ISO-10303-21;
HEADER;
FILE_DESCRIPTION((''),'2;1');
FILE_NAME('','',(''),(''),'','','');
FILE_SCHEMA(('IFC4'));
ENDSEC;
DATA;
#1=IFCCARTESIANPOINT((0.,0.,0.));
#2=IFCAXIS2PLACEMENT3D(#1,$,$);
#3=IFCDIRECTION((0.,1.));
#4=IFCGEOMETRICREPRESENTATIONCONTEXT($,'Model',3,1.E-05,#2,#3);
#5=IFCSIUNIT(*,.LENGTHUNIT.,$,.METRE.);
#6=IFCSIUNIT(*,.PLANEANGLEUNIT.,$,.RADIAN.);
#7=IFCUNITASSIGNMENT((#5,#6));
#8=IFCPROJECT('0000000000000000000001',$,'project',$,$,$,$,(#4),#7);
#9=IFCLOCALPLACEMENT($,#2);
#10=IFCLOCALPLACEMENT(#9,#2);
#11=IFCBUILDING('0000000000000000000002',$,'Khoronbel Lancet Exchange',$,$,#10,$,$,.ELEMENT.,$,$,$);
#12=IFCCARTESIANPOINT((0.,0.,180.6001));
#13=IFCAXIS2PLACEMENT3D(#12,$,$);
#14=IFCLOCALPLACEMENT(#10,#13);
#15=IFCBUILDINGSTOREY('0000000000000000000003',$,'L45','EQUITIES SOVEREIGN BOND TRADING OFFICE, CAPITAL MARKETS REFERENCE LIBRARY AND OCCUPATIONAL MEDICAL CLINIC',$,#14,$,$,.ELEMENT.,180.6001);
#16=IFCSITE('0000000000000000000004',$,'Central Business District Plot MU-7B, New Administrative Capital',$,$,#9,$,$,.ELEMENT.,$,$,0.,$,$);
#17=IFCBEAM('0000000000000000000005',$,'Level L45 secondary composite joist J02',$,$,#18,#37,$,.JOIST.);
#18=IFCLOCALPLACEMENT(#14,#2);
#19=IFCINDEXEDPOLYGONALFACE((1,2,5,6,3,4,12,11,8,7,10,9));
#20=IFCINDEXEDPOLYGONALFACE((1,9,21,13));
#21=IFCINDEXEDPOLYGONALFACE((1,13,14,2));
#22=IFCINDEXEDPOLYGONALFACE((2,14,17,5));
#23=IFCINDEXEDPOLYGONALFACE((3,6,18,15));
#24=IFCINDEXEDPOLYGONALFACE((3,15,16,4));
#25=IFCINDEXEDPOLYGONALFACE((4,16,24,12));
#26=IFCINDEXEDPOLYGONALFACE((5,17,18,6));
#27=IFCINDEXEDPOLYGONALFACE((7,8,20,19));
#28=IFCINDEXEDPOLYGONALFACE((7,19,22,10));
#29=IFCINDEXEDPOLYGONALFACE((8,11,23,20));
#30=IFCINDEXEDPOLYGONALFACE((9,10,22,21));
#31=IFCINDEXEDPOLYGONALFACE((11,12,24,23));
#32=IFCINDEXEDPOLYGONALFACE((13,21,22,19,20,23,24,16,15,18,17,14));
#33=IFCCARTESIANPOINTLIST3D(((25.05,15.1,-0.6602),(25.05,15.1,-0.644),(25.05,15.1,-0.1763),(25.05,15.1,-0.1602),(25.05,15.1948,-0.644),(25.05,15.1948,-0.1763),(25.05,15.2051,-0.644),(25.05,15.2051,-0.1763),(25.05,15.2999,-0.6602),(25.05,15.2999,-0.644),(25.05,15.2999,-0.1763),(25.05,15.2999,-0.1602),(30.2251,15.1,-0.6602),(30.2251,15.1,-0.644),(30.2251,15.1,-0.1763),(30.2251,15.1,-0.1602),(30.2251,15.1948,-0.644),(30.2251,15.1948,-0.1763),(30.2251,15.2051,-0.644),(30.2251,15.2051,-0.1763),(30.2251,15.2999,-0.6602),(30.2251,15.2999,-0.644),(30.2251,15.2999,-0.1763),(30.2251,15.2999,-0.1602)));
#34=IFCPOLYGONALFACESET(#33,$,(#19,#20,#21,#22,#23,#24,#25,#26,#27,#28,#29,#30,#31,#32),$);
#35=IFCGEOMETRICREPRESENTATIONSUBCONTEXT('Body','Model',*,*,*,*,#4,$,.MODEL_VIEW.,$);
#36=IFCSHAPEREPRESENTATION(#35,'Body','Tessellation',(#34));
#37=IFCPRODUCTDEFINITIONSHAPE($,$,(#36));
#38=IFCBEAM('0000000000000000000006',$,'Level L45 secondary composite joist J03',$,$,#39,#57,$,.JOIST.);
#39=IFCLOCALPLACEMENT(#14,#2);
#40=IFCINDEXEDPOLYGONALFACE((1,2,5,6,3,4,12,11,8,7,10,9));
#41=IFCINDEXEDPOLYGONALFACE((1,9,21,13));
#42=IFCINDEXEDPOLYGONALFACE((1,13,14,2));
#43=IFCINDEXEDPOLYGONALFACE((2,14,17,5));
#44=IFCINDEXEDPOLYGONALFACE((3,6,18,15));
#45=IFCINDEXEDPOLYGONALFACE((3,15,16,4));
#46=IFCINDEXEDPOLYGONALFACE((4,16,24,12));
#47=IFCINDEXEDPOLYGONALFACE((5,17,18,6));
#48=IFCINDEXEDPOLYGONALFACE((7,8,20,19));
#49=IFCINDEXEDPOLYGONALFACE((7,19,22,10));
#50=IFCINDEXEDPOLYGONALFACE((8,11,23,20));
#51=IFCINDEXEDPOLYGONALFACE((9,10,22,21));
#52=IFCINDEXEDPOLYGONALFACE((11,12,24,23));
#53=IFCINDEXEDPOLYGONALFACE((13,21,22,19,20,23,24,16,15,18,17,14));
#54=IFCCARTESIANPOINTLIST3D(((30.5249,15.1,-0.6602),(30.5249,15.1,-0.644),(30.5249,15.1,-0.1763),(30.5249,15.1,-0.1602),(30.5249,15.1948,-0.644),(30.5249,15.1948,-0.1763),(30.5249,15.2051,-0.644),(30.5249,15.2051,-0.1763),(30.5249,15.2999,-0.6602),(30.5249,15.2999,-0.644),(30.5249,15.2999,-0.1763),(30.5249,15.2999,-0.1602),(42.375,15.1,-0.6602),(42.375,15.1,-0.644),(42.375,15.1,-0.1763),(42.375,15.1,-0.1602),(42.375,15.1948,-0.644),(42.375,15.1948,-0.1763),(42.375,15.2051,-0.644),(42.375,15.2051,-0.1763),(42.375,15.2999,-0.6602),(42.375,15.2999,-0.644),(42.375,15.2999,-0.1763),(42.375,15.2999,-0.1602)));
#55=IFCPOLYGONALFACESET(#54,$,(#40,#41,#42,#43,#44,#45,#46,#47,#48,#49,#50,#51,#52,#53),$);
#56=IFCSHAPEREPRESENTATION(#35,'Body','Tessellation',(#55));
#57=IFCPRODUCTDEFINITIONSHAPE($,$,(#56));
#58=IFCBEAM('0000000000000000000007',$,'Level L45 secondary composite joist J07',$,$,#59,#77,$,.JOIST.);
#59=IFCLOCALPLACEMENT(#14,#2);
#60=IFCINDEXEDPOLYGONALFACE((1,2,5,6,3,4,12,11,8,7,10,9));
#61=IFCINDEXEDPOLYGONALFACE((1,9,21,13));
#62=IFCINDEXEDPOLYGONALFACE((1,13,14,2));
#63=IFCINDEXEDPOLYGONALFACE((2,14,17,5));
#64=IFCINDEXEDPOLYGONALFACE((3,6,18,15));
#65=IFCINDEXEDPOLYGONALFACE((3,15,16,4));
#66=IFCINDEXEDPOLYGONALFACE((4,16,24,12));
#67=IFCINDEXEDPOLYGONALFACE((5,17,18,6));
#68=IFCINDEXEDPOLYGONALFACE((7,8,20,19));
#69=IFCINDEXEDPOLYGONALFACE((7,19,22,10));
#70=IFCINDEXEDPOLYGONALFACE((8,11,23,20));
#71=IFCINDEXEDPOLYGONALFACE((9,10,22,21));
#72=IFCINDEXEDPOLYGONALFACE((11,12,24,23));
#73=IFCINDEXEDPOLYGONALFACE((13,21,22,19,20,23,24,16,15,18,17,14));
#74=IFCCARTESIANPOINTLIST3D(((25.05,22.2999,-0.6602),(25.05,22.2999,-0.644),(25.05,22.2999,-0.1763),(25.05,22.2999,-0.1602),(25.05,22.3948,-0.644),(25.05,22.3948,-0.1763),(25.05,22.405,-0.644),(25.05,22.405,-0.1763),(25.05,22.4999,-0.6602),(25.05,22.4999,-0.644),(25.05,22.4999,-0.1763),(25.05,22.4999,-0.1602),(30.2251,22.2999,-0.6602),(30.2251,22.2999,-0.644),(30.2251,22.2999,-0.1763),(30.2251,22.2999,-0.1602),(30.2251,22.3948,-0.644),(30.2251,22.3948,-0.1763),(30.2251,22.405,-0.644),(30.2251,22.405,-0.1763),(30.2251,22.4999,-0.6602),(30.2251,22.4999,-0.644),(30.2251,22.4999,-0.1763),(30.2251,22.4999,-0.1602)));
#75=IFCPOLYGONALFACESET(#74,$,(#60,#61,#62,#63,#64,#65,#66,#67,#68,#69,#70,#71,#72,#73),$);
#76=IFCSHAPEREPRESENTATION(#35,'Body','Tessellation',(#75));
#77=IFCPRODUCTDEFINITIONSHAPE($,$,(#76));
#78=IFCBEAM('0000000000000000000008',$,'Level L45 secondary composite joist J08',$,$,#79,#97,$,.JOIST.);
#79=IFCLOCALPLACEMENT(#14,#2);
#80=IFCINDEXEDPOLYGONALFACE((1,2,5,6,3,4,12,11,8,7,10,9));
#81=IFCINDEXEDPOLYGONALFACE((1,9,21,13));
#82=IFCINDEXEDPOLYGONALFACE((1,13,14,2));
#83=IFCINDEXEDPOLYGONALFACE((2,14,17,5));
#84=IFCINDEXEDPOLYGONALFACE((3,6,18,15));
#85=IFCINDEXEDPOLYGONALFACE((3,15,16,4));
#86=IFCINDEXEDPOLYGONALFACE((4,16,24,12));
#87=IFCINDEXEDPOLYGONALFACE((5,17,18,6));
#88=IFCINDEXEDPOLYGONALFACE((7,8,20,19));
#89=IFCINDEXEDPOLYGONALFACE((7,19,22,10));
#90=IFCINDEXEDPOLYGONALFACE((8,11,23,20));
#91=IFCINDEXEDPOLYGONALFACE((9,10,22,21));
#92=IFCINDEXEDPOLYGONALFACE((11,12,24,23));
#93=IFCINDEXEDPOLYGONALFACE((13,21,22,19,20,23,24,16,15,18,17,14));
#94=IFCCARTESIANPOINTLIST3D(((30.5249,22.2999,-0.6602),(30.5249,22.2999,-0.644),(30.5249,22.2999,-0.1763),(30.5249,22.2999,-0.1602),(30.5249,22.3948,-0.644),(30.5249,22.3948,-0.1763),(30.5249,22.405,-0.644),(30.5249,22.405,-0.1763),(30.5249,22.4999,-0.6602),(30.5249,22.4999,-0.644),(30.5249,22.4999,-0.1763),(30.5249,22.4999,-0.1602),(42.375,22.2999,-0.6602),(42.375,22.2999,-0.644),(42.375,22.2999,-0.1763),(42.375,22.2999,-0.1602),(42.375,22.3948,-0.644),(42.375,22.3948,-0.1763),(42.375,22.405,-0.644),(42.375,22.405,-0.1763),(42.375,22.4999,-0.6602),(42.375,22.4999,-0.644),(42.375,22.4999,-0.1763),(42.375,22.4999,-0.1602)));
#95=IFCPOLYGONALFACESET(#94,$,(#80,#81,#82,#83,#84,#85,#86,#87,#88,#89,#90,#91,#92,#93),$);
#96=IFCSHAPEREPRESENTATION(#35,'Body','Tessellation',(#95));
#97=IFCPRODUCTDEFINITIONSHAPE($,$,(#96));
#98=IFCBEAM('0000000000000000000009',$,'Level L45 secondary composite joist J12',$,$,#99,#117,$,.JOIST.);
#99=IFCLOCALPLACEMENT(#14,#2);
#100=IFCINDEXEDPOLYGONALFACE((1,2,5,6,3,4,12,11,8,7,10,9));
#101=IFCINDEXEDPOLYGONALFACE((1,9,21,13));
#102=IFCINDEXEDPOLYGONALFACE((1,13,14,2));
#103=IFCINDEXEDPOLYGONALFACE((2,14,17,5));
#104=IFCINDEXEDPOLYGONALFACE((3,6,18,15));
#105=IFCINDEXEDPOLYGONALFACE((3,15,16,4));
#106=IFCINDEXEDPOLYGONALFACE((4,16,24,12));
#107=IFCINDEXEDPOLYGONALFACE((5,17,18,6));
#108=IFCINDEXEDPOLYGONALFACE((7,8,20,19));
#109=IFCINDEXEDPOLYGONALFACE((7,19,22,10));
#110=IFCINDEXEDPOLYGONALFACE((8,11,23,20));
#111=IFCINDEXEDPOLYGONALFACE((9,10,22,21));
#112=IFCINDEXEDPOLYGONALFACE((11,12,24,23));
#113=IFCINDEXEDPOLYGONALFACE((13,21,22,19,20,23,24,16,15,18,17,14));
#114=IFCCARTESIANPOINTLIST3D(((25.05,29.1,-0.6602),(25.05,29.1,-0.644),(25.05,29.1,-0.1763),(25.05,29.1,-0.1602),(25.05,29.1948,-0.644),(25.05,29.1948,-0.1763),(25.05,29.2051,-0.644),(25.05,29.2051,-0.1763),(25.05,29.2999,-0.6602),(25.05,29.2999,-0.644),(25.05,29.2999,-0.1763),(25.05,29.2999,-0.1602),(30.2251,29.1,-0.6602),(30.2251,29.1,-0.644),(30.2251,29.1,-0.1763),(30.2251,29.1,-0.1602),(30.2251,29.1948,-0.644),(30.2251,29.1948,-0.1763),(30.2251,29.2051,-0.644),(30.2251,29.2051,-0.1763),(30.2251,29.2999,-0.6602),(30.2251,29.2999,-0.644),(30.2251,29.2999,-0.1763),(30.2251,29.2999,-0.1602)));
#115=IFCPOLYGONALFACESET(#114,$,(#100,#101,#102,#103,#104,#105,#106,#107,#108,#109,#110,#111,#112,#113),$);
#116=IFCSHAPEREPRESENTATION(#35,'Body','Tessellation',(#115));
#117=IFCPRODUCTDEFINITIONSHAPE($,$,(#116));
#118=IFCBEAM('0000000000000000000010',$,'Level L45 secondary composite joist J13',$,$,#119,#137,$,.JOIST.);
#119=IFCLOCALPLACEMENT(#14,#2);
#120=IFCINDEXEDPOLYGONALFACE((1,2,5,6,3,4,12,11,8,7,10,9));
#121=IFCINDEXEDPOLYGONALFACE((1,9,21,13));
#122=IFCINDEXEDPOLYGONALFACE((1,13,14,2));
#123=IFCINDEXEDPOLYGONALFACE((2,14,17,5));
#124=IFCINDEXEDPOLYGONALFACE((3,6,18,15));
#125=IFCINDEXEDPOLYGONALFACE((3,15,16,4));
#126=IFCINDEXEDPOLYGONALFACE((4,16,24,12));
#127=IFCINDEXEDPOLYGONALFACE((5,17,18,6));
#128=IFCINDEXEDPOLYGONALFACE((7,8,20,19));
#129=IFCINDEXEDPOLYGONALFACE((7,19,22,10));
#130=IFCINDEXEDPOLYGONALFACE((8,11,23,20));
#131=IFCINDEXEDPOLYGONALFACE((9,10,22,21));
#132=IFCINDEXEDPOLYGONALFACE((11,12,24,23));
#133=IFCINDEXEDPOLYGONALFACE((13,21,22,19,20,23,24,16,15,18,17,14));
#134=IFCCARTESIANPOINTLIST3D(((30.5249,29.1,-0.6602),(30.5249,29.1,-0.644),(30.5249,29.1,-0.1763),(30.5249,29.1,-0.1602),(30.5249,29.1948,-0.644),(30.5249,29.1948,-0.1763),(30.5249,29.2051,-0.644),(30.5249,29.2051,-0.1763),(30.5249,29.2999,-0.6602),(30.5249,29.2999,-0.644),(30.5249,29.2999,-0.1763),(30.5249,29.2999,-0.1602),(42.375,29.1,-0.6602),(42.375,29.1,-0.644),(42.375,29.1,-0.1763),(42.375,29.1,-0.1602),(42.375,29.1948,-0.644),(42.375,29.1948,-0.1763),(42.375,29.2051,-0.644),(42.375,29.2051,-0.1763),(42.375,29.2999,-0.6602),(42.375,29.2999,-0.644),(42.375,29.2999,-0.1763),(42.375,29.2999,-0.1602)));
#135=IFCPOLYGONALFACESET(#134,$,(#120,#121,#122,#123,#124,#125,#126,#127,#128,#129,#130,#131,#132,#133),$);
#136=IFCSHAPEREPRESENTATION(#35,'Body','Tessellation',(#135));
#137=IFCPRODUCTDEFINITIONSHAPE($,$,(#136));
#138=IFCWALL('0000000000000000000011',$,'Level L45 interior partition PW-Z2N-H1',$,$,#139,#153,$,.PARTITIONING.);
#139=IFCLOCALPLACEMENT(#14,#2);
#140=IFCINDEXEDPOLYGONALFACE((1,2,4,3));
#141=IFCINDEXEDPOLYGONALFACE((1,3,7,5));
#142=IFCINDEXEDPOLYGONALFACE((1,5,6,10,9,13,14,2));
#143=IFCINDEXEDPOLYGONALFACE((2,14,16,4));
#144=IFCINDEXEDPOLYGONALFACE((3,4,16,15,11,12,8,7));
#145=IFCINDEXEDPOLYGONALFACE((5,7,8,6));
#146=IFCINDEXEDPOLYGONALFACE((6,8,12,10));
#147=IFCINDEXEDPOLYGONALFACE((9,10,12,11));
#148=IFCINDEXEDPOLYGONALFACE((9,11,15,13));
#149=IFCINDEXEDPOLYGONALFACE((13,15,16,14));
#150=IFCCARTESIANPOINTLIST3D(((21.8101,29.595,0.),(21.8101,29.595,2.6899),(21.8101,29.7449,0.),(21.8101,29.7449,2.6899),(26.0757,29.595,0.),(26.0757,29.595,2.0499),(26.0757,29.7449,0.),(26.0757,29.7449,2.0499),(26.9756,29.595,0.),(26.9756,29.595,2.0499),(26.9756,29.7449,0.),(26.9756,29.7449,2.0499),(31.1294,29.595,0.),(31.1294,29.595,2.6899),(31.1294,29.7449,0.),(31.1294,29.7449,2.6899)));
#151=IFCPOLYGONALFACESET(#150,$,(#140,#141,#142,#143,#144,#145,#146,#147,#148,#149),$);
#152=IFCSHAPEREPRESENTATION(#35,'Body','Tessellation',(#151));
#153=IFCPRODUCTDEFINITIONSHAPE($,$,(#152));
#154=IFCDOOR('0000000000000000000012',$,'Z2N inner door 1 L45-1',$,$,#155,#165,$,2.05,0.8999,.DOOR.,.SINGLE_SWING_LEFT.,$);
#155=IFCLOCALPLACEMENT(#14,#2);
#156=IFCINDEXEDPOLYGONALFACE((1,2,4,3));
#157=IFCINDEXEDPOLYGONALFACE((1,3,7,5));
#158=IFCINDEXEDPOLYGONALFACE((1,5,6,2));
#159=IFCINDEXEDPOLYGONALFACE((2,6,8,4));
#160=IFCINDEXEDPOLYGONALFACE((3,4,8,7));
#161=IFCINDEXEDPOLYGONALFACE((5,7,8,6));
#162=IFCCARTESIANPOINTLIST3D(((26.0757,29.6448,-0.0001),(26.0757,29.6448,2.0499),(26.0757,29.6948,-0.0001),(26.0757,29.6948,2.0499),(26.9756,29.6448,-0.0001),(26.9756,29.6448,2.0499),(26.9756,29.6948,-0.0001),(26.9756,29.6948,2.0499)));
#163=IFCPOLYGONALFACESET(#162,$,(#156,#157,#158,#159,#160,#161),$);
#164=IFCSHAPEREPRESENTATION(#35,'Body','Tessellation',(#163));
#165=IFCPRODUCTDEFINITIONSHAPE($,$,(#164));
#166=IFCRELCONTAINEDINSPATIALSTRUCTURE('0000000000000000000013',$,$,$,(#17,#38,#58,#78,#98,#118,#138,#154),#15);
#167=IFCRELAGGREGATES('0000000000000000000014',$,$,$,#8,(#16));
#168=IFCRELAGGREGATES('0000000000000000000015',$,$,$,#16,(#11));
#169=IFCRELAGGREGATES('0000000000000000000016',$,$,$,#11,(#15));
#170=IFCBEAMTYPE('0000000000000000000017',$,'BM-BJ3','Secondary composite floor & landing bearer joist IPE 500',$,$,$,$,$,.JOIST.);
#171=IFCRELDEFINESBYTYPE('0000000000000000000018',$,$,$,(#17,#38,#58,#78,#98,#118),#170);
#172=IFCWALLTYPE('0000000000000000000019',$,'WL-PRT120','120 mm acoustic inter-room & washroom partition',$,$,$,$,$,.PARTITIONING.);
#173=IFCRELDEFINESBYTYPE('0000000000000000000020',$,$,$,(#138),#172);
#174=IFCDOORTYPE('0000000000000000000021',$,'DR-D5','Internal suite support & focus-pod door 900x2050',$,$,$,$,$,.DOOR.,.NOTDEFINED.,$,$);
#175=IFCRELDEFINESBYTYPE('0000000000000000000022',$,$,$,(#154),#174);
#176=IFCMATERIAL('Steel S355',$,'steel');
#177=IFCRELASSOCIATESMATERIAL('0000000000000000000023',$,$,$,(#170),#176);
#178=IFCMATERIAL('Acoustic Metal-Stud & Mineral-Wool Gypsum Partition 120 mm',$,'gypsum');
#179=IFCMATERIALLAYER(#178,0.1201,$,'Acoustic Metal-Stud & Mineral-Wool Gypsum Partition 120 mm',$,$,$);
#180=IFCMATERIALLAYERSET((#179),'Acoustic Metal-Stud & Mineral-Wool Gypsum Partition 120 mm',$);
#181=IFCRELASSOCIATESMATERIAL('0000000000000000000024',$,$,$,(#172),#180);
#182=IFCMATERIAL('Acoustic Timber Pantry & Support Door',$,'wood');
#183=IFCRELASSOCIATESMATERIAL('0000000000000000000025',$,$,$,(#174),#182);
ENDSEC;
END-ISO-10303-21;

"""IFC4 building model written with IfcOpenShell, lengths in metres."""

from ifc_helpers import new_model, si_unit, direction, frame, frame_2d, origin, origin_2d, place, context, subcontext, project, spatial, rectangle, i_section, extrude, material, layer, layer_set, material_profile, profile_set, type_object, element, fill, save


model = new_model("IFC4")

# Units and contexts
model_context = context("Model", 3, precision=1e-05, world=origin(), true_north=direction((0.0, 1.0)))
body_context = subcontext(model_context, "Body", "Model", "MODEL_VIEW")
ifc_project = project(units=[si_unit("LENGTHUNIT", "METRE"), si_unit("PLANEANGLEUNIT", "RADIAN")], contexts=[model_context])

# Site, building, storey
site_placement = place(None, origin())
site = spatial("IfcSite", under=ifc_project, at=site_placement, Name="Central Business District Plot MU-7B, New Administrative Capital", CompositionType="ELEMENT", RefElevation=0.0)
building_placement = place(site_placement, origin())
building = spatial("IfcBuilding", under=site, at=building_placement, Name="Khoronbel Lancet Exchange", CompositionType="ELEMENT")
storey_placement = place(building_placement, frame((0.0, 0.0, 180.6001)))
storey = spatial("IfcBuildingStorey", under=building, at=storey_placement, Name="L45", Description="EQUITIES SOVEREIGN BOND TRADING OFFICE, CAPITAL MARKETS REFERENCE LIBRARY AND OCCUPATIONAL MEDICAL CLINIC", CompositionType="ELEMENT", Elevation=180.6001)

# Beams
ifc_material_1 = material(Name="Steel S355", Category="steel")
ifc_material_profile = material_profile(ifc_material_1, i_section(OverallWidth=0.2, OverallDepth=0.5, WebThickness=0.0103, FlangeThickness=0.0161, at=origin_2d()), Name="IPE 500")
ifc_profile_set = profile_set([ifc_material_profile], Name="Steel S355")
beam_type = type_object("IfcBeamType", Name="BM-BJ3", Description="Secondary composite floor & landing bearer joist IPE 500", PredefinedType="JOIST", material=ifc_profile_set)
beam_1_placement = place(storey_placement, frame((25.05, 15.2, -0.4102), z_axis=(1.0, 0.0, 0.0), x_axis=(0.0, 1.0, 0.0)))
element("IfcBeam", 1, at=beam_1_placement, inside=storey, type_object=beam_type, Name="Level L45 secondary composite joist J02", PredefinedType="JOIST", context=body_context, shape_type="SweptSolid", body=[
    extrude(i_section(OverallWidth=0.2, OverallDepth=0.5, WebThickness=0.0103, FlangeThickness=0.0161, at=origin_2d()), origin(), (0.0, 0.0, 1.0), 5.175),
])
beam_2_placement = place(storey_placement, frame((30.5249, 15.2, -0.4102), z_axis=(1.0, 0.0, 0.0), x_axis=(0.0, 1.0, 0.0)))
element("IfcBeam", 2, at=beam_2_placement, inside=storey, type_object=beam_type, Name="Level L45 secondary composite joist J03", PredefinedType="JOIST", context=body_context, shape_type="SweptSolid", body=[
    extrude(i_section(OverallWidth=0.2, OverallDepth=0.5, WebThickness=0.0103, FlangeThickness=0.0161, at=origin_2d()), origin(), (0.0, 0.0, 1.0), 11.8501),
])
beam_3_placement = place(storey_placement, frame((25.05, 22.3999, -0.4102), z_axis=(1.0, 0.0, 0.0), x_axis=(0.0, 1.0, 0.0)))
element("IfcBeam", 3, at=beam_3_placement, inside=storey, type_object=beam_type, Name="Level L45 secondary composite joist J07", PredefinedType="JOIST", context=body_context, shape_type="SweptSolid", body=[
    extrude(i_section(OverallWidth=0.2, OverallDepth=0.5, WebThickness=0.0103, FlangeThickness=0.0161, at=origin_2d()), origin(), (0.0, 0.0, 1.0), 5.175),
])
beam_4_placement = place(storey_placement, frame((30.5249, 22.3999, -0.4102), z_axis=(1.0, 0.0, 0.0), x_axis=(0.0, 1.0, 0.0)))
element("IfcBeam", 4, at=beam_4_placement, inside=storey, type_object=beam_type, Name="Level L45 secondary composite joist J08", PredefinedType="JOIST", context=body_context, shape_type="SweptSolid", body=[
    extrude(i_section(OverallWidth=0.2, OverallDepth=0.5, WebThickness=0.0103, FlangeThickness=0.0161, at=origin_2d()), origin(), (0.0, 0.0, 1.0), 11.8501),
])
beam_5_placement = place(storey_placement, frame((25.05, 29.2, -0.4102), z_axis=(1.0, 0.0, 0.0), x_axis=(0.0, 1.0, 0.0)))
element("IfcBeam", 5, at=beam_5_placement, inside=storey, type_object=beam_type, Name="Level L45 secondary composite joist J12", PredefinedType="JOIST", context=body_context, shape_type="SweptSolid", body=[
    extrude(i_section(OverallWidth=0.2, OverallDepth=0.5, WebThickness=0.0103, FlangeThickness=0.0161, at=origin_2d()), origin(), (0.0, 0.0, 1.0), 5.175),
])
beam_6_placement = place(storey_placement, frame((30.5249, 29.2, -0.4102), z_axis=(1.0, 0.0, 0.0), x_axis=(0.0, 1.0, 0.0)))
element("IfcBeam", 6, at=beam_6_placement, inside=storey, type_object=beam_type, Name="Level L45 secondary composite joist J13", PredefinedType="JOIST", context=body_context, shape_type="SweptSolid", body=[
    extrude(i_section(OverallWidth=0.2, OverallDepth=0.5, WebThickness=0.0103, FlangeThickness=0.0161, at=origin_2d()), origin(), (0.0, 0.0, 1.0), 11.8501),
])

# Wall, opening, door
ifc_material_2 = material(Name="Acoustic Metal-Stud & Mineral-Wool Gypsum Partition 120 mm", Category="gypsum")
ifc_layer_1 = layer(ifc_material_2, 0.1201, Name="Acoustic Metal-Stud & Mineral-Wool Gypsum Partition 120 mm")
ifc_layer_set_1 = layer_set([ifc_layer_1], Name="Acoustic Metal-Stud & Mineral-Wool Gypsum Partition 120 mm")
wall_type_1 = type_object("IfcWallType", Name="WL-PRT120", Description="120 mm acoustic inter-room & washroom partition", PredefinedType="PARTITIONING", material=ifc_layer_set_1)
wall_1_placement = place(storey_placement, frame((21.8101, 29.6699, 0.0), z_axis=(0.0, 0.0, 1.0), x_axis=(1.0, 0.0, 0.0)))
wall_1 = element("IfcWall", 7, at=wall_1_placement, inside=storey, type_object=wall_type_1, Name="Level L45 interior partition PW-Z2N-H1", PredefinedType="PARTITIONING", context=body_context, shape_type="SweptSolid", body=[
    extrude(rectangle(XDim=9.3193, YDim=0.1499, at=frame_2d((4.6597, 0.0))), origin(), (0.0, 0.0, 1.0), 2.6899),
])
opening_1_placement = place(wall_1_placement, frame((4.2656, 0.0, 0.0)))
opening_1 = element("IfcOpeningElement", 8, at=opening_1_placement, cuts=wall_1, PredefinedType="OPENING", context=body_context, shape_type="SweptSolid", body=[
    extrude(rectangle(XDim=0.8999, YDim=2.05, at=frame_2d((0.45, 1.0249))), frame((0.0, 0.085, 0.0), z_axis=(0.0, -1.0, 0.0), x_axis=(1.0, 0.0, 0.0)), (0.0, 0.0, 1.0), 0.1699),
])
ifc_material_3 = material(Name="Acoustic Timber Pantry & Support Door", Category="wood")
door_type_1 = type_object("IfcDoorType", Name="DR-D5", Description="Internal suite support & focus-pod door 900x2050", OperationType="NOTDEFINED", PredefinedType="DOOR", material=ifc_material_3)
door_1_placement = place(opening_1_placement, origin())
door_1 = element("IfcDoor", 9, at=door_1_placement, inside=storey, type_object=door_type_1, Name="Z2N inner door 1 L45-1", OperationType="SINGLE_SWING_LEFT", OverallHeight=2.05, OverallWidth=0.8999, PredefinedType="DOOR", context=body_context, shape_type="SweptSolid", body=[
    extrude(rectangle(XDim=0.8999, YDim=2.05, at=frame_2d((0.45, 1.0249))), frame((0.0, 0.0249, 0.0), z_axis=(0.0, -1.0, 0.0), x_axis=(1.0, 0.0, 0.0)), (0.0, 0.0, 1.0), 0.05),
])
fill(opening_1, door_1)

save(model, "model.ifc")
